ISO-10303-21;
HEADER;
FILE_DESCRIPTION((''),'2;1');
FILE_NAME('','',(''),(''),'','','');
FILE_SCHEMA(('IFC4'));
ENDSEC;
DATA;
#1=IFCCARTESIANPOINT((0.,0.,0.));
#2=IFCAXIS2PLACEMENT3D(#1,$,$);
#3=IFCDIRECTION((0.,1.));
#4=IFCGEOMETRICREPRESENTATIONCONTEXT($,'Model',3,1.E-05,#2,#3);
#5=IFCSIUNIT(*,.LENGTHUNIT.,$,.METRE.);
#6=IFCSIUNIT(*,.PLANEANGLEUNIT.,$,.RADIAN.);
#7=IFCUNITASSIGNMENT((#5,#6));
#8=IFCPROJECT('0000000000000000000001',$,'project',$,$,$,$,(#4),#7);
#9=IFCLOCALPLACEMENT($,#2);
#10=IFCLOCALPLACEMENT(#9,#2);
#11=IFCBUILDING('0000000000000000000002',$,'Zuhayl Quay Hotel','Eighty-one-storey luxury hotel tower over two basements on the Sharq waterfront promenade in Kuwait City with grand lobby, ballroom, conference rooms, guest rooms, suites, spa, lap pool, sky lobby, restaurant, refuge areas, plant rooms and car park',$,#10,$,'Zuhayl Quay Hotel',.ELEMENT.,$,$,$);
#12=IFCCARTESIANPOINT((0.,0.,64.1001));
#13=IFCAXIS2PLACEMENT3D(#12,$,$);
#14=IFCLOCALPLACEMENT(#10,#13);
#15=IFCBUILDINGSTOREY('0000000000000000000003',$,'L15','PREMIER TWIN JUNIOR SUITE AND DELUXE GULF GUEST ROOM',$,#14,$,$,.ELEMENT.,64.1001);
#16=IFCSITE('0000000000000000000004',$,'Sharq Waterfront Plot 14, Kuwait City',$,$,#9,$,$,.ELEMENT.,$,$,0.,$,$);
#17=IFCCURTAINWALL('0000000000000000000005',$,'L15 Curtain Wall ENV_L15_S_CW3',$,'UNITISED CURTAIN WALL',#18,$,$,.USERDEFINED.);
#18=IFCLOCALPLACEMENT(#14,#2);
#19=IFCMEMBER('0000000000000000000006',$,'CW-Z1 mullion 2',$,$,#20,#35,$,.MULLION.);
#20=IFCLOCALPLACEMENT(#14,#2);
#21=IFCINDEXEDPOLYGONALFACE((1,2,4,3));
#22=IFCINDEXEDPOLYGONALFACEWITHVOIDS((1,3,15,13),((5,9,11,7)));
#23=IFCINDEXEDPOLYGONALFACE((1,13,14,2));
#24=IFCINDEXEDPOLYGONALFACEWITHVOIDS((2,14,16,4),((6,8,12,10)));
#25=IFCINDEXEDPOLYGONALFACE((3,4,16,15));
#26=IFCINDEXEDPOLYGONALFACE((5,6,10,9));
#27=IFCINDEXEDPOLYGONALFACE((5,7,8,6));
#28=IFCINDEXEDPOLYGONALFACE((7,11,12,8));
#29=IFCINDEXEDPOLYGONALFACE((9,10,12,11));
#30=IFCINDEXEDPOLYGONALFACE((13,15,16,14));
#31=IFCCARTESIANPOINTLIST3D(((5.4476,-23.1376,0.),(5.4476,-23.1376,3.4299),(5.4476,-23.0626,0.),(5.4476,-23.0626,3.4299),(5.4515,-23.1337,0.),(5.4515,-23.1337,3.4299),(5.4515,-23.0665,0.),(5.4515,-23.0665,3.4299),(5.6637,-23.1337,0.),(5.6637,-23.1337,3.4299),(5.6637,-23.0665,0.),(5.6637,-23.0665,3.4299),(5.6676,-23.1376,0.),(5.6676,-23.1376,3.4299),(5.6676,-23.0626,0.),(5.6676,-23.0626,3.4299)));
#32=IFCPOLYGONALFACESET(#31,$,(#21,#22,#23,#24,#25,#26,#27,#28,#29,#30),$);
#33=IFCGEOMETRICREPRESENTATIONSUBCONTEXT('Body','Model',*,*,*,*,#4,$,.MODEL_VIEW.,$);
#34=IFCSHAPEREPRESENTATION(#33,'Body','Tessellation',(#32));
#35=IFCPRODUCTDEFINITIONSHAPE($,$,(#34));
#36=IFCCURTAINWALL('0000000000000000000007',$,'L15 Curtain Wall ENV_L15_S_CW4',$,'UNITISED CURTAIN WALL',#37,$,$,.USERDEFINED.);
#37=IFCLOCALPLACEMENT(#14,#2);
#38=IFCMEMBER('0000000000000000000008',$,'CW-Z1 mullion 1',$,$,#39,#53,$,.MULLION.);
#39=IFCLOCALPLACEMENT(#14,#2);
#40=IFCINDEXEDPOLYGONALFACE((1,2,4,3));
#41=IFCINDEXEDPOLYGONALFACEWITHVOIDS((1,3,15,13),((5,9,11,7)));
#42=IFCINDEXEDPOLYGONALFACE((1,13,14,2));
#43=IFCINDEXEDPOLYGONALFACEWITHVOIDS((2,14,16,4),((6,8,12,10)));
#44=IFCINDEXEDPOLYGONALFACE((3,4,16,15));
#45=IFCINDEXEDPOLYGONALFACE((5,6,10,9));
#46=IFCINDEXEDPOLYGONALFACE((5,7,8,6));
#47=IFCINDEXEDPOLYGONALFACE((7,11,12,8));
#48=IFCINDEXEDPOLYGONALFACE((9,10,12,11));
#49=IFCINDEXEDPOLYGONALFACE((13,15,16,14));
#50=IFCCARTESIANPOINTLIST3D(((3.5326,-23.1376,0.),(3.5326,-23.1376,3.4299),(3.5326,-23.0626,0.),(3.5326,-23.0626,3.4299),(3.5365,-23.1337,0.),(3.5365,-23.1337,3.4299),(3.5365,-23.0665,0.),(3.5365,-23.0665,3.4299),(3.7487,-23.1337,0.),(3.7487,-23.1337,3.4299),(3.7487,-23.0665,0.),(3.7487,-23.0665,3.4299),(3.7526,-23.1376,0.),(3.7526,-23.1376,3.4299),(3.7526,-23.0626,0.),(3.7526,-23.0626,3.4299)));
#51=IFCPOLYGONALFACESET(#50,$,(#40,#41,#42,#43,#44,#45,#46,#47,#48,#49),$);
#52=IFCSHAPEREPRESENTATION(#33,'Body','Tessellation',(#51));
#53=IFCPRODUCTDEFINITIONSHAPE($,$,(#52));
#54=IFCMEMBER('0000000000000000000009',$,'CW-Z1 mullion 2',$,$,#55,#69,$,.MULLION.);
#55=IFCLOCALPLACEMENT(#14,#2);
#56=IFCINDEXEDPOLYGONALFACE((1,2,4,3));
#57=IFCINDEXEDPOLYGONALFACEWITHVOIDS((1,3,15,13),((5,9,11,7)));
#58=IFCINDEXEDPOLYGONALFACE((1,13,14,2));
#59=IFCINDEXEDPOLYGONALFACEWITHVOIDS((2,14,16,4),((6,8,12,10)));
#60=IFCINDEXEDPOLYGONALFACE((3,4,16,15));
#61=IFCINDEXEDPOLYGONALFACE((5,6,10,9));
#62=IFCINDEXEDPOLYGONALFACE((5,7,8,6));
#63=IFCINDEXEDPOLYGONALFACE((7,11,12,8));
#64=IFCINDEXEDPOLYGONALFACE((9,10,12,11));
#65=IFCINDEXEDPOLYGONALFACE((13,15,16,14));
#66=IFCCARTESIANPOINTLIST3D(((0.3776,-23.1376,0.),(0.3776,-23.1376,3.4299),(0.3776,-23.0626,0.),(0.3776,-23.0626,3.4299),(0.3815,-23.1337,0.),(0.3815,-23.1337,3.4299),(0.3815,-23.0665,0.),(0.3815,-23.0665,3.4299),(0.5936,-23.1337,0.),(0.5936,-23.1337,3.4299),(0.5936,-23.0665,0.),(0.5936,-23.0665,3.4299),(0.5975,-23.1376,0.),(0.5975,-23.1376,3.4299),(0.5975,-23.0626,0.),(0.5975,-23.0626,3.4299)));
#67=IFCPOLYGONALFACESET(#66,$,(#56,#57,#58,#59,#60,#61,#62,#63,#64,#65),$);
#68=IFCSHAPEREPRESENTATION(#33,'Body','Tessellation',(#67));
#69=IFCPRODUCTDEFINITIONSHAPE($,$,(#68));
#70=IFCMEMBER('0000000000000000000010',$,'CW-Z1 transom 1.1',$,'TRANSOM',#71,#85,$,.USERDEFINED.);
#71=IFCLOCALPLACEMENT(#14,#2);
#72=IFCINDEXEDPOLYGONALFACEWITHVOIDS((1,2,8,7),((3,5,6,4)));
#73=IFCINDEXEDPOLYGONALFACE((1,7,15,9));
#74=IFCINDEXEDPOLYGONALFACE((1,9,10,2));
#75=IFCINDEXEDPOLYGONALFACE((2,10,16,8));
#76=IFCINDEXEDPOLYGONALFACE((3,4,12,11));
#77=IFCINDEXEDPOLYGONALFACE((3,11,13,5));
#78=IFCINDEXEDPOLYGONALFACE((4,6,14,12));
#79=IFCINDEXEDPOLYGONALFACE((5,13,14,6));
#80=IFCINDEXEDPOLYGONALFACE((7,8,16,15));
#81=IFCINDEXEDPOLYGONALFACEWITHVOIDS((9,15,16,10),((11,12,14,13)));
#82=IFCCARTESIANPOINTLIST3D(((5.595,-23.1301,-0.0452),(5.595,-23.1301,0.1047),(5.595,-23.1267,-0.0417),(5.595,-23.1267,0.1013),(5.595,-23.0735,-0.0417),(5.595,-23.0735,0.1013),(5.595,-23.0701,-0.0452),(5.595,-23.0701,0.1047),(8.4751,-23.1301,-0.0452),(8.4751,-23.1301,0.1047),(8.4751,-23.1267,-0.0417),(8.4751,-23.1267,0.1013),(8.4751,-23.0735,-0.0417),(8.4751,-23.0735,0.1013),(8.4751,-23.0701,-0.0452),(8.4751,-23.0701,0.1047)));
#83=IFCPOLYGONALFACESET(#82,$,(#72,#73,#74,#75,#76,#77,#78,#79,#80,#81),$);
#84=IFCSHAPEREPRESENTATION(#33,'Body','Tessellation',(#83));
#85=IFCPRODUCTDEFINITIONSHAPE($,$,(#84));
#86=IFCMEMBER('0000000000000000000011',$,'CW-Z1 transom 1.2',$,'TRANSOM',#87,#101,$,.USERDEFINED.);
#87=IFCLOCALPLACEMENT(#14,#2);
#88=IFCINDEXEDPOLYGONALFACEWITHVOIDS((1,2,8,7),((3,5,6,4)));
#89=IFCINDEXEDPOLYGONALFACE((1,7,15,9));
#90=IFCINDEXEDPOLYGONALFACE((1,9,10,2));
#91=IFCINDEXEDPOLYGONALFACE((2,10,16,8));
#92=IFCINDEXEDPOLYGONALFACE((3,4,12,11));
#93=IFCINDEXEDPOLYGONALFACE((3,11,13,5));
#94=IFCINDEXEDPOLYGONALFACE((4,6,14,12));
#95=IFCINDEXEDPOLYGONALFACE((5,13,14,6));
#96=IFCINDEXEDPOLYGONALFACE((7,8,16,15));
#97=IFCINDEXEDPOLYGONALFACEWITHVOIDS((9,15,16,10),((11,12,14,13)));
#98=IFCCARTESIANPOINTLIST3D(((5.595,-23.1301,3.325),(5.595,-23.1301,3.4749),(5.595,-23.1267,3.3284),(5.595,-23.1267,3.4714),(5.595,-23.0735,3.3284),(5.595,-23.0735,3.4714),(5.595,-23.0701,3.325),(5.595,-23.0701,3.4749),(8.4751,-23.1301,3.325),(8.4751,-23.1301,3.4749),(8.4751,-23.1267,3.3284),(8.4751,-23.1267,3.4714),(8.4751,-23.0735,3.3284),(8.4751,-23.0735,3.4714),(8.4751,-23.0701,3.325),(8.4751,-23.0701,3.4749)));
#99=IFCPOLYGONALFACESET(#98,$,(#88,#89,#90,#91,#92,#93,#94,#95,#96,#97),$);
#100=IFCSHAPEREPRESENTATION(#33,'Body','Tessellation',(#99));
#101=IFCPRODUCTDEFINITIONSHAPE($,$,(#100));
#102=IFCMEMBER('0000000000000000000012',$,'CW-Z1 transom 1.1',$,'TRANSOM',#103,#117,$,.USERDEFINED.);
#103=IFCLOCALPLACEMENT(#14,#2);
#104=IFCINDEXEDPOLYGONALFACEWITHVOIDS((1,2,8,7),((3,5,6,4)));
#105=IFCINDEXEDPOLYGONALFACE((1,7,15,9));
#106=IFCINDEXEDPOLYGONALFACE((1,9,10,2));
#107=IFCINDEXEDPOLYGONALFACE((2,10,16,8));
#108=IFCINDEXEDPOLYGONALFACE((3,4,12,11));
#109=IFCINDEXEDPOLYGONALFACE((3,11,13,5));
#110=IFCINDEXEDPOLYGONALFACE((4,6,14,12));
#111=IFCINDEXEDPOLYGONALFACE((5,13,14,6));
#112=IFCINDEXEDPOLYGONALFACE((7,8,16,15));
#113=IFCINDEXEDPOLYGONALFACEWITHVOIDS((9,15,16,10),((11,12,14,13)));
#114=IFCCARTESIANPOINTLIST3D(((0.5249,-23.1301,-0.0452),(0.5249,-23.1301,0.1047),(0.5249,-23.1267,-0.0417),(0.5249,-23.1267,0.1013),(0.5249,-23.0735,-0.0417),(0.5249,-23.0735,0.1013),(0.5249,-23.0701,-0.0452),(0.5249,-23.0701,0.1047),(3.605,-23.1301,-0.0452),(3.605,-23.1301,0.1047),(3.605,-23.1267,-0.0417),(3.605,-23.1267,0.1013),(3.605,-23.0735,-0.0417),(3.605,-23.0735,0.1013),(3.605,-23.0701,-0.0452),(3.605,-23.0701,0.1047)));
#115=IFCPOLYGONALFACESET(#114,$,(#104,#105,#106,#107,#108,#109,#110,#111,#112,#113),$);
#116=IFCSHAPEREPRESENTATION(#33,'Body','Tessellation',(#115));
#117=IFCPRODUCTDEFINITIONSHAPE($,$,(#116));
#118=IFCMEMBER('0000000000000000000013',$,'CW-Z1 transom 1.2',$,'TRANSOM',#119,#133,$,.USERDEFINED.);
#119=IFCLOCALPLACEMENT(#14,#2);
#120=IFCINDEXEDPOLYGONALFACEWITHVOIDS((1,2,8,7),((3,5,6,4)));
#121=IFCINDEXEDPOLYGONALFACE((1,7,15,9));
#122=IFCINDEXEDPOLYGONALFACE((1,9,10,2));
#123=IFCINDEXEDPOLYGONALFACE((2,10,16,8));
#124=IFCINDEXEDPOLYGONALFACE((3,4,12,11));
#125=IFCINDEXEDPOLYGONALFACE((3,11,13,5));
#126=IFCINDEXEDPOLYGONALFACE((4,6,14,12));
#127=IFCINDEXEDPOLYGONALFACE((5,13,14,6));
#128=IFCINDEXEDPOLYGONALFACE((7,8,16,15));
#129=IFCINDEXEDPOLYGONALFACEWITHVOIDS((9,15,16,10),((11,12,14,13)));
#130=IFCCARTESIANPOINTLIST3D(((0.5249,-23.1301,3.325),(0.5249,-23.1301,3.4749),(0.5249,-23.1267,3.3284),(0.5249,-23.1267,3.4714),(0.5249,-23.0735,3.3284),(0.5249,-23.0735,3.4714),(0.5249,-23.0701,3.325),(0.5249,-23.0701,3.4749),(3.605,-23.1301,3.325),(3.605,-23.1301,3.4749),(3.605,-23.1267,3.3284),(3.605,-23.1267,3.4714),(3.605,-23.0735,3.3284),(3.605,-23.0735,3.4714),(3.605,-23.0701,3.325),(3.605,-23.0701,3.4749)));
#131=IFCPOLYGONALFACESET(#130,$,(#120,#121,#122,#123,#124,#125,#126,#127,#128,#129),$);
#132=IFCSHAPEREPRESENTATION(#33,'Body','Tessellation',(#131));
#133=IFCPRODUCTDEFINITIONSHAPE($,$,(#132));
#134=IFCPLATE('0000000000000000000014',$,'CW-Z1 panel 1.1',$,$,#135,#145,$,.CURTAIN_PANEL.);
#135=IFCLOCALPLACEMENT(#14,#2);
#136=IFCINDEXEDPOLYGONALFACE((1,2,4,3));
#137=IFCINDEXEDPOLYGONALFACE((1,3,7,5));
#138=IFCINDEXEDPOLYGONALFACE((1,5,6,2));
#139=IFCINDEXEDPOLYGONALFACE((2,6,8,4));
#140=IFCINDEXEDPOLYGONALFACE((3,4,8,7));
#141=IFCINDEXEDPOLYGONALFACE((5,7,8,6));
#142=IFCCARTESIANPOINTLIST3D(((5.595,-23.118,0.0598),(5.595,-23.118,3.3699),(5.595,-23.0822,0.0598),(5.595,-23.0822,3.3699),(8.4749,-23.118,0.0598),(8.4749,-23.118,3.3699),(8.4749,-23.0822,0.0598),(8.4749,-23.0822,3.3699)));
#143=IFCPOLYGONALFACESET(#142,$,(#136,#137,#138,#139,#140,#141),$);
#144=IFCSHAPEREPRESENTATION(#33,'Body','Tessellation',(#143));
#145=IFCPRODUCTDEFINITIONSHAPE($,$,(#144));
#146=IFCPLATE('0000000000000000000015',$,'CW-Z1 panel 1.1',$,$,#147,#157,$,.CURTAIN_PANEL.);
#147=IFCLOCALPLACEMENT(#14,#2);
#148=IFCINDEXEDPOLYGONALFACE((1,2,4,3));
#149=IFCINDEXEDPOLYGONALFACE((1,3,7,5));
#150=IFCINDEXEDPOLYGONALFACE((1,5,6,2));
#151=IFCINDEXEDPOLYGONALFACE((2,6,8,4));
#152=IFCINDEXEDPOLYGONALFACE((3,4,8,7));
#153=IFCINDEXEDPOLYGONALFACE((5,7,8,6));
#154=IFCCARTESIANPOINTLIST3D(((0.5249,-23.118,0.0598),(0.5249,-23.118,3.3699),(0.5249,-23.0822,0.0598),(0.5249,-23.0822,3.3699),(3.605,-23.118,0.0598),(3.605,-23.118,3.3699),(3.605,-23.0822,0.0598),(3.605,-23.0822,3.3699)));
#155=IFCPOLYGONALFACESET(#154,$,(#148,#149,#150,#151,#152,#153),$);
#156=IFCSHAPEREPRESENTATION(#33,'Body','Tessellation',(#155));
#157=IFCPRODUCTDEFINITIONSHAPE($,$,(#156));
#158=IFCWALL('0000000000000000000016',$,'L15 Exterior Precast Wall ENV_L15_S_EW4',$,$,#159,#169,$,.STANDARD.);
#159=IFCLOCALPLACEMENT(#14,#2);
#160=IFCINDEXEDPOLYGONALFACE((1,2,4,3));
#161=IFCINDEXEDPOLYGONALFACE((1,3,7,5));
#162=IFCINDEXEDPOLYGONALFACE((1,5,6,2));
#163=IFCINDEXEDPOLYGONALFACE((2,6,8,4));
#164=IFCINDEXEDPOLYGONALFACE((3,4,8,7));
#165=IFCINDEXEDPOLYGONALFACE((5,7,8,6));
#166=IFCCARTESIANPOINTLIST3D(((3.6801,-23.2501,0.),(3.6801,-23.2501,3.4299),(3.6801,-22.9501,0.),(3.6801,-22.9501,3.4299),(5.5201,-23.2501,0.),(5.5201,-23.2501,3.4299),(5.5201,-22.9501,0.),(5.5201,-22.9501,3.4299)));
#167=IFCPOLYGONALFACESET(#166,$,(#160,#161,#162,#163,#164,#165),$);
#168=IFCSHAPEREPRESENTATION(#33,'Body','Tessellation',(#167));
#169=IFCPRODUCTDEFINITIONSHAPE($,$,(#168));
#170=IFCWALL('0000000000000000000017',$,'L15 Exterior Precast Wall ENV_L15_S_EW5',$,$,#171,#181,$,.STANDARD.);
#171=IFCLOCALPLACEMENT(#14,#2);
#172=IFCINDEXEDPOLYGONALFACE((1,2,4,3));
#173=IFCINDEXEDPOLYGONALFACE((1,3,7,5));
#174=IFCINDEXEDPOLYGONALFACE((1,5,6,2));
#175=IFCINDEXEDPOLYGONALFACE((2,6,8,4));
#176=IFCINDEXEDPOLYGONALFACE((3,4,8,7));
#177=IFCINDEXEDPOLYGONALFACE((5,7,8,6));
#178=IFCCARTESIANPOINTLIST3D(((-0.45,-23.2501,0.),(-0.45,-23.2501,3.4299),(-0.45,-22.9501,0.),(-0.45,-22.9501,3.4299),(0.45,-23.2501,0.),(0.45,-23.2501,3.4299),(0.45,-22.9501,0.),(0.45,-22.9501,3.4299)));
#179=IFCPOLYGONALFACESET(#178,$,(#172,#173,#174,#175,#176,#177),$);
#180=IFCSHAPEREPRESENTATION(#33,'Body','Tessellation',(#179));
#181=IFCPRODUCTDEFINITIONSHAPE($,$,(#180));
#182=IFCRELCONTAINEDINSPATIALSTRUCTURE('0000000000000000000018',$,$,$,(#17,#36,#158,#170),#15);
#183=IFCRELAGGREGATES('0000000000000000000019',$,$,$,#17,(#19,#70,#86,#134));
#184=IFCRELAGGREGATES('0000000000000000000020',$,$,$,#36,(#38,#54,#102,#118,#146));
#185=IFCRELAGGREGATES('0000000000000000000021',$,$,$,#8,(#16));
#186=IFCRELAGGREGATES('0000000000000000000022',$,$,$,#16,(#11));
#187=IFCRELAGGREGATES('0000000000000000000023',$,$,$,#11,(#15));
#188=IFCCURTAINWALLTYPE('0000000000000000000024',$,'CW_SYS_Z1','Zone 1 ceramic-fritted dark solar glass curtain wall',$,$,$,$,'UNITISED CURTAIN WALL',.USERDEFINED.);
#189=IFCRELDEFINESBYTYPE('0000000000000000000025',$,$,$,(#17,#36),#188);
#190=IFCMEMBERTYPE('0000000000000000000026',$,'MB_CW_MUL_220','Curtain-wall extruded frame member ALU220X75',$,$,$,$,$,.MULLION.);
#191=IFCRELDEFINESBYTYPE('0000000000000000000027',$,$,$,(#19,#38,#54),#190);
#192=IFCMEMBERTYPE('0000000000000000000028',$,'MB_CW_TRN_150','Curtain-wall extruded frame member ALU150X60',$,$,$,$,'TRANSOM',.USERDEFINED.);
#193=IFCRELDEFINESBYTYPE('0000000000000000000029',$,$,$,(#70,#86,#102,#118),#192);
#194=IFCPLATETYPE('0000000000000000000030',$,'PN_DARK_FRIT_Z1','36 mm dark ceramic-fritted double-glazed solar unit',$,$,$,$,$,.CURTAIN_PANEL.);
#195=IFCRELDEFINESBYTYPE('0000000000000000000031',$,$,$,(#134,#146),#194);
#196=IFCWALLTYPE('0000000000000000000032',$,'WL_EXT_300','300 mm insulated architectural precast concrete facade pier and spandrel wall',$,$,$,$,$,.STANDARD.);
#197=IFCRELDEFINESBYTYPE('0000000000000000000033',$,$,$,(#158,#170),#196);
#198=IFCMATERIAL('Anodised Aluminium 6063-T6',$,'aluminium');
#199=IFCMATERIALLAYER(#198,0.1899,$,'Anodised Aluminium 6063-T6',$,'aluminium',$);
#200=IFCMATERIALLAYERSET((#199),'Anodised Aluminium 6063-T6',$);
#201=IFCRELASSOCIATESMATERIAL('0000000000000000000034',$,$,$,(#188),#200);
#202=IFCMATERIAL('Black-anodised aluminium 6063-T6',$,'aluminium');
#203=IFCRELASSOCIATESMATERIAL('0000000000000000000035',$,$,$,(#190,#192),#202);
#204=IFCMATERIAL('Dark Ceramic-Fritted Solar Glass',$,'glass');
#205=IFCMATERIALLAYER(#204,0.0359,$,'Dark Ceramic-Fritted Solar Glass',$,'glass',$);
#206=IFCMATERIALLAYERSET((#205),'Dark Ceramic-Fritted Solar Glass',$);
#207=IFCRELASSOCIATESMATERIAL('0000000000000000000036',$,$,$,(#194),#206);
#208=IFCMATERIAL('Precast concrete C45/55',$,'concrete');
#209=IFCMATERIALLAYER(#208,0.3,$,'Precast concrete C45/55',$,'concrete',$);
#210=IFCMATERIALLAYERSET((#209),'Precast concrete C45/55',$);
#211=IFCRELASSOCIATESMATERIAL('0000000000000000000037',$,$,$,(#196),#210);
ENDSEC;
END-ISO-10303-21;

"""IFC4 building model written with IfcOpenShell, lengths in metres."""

from ifc_helpers import new_model, si_unit, direction, frame, frame_2d, origin, origin_2d, place, context, subcontext, project, spatial, rectangle, hollow_rectangle, extrude, material, layer, layer_set, material_profile, profile_set, type_object, element, aggregate, save


model = new_model("IFC4")

# Units and contexts
model_context = context("Model", 3, precision=1e-05, world=origin(), true_north=direction((0.0, 1.0)))
body_context = subcontext(model_context, "Body", "Model", "MODEL_VIEW")
ifc_project = project(units=[si_unit("LENGTHUNIT", "METRE"), si_unit("PLANEANGLEUNIT", "RADIAN")], contexts=[model_context])

# Site, building, storey
site_placement = place(None, origin())
site = spatial("IfcSite", under=ifc_project, at=site_placement, Name="Sharq Waterfront Plot 14, Kuwait City", CompositionType="ELEMENT", RefElevation=0.0)
building_placement = place(site_placement, origin())
building = spatial("IfcBuilding", under=site, at=building_placement, Name="Zuhayl Quay Hotel", Description="Eighty-one-storey luxury hotel tower over two basements on the Sharq waterfront promenade in Kuwait City with grand lobby, ballroom, conference rooms, guest rooms, suites, spa, lap pool, sky lobby, restaurant, refuge areas, plant rooms and car park", LongName="Zuhayl Quay Hotel", CompositionType="ELEMENT")
storey_placement = place(building_placement, frame((0.0, 0.0, 64.1001)))
storey = spatial("IfcBuildingStorey", under=building, at=storey_placement, Name="L15", Description="PREMIER TWIN JUNIOR SUITE AND DELUXE GULF GUEST ROOM", CompositionType="ELEMENT", Elevation=64.1001)

# Curtain walls, members
ifc_material_1 = material(Name="Anodised Aluminium 6063-T6", Category="aluminium")
ifc_layer_1 = layer(ifc_material_1, 0.1899, Name="Anodised Aluminium 6063-T6", Category="aluminium")
ifc_layer_set_1 = layer_set([ifc_layer_1], Name="Anodised Aluminium 6063-T6")
curtain_wall_type = type_object("IfcCurtainWallType", Name="CW_SYS_Z1", Description="Zone 1 ceramic-fritted dark solar glass curtain wall", ElementType="UNITISED CURTAIN WALL", PredefinedType="USERDEFINED", material=ifc_layer_set_1)
curtain_wall_1_placement = place(storey_placement, origin())
curtain_wall_1 = element("IfcCurtainWall", 1, at=curtain_wall_1_placement, inside=storey, type_object=curtain_wall_type, Name="L15 Curtain Wall ENV_L15_S_CW3", ObjectType="UNITISED CURTAIN WALL", PredefinedType="USERDEFINED")
ifc_material_2 = material(Name="Black-anodised aluminium 6063-T6", Category="aluminium")
ifc_material_profile_1 = material_profile(ifc_material_2, hollow_rectangle(XDim=0.075, YDim=0.22, WallThickness=0.0039, at=origin_2d()), Name="ALU220X75")
ifc_profile_set_1 = profile_set([ifc_material_profile_1], Name="Black-anodised aluminium 6063-T6")
member_type_1 = type_object("IfcMemberType", Name="MB_CW_MUL_220", Description="Curtain-wall extruded frame member ALU220X75", PredefinedType="MULLION", material=ifc_profile_set_1)
member_1_placement = place(storey_placement, frame((5.5576, -23.1001, 0.0), z_axis=(0.0, 0.0, 1.0), x_axis=(0.0, -1.0, 0.0)))
member_1 = element("IfcMember", 2, at=member_1_placement, type_object=member_type_1, Name="CW-Z1 mullion 2", PredefinedType="MULLION", context=body_context, shape_type="SweptSolid", body=[
    extrude(hollow_rectangle(XDim=0.075, YDim=0.22, WallThickness=0.0039, at=origin_2d()), origin(), (0.0, 0.0, 1.0), 3.4299),
])
curtain_wall_2_placement = place(storey_placement, origin())
curtain_wall_2 = element("IfcCurtainWall", 3, at=curtain_wall_2_placement, inside=storey, type_object=curtain_wall_type, Name="L15 Curtain Wall ENV_L15_S_CW4", ObjectType="UNITISED CURTAIN WALL", PredefinedType="USERDEFINED")
member_2_placement = place(storey_placement, frame((3.6426, -23.1001, 0.0), z_axis=(0.0, 0.0, 1.0), x_axis=(0.0, -1.0, 0.0)))
member_2 = element("IfcMember", 4, at=member_2_placement, type_object=member_type_1, Name="CW-Z1 mullion 1", PredefinedType="MULLION", context=body_context, shape_type="SweptSolid", body=[
    extrude(hollow_rectangle(XDim=0.075, YDim=0.22, WallThickness=0.0039, at=origin_2d()), origin(), (0.0, 0.0, 1.0), 3.4299),
])
member_3_placement = place(storey_placement, frame((0.4875, -23.1001, 0.0), z_axis=(0.0, 0.0, 1.0), x_axis=(0.0, -1.0, 0.0)))
member_3 = element("IfcMember", 5, at=member_3_placement, type_object=member_type_1, Name="CW-Z1 mullion 2", PredefinedType="MULLION", context=body_context, shape_type="SweptSolid", body=[
    extrude(hollow_rectangle(XDim=0.075, YDim=0.22, WallThickness=0.0039, at=origin_2d()), origin(), (0.0, 0.0, 1.0), 3.4299),
])

# Members
ifc_material_profile_2 = material_profile(ifc_material_2, hollow_rectangle(XDim=0.0601, YDim=0.1499, WallThickness=0.0034, at=origin_2d()), Name="ALU150X60")
ifc_profile_set_2 = profile_set([ifc_material_profile_2], Name="Black-anodised aluminium 6063-T6")
member_type_2 = type_object("IfcMemberType", Name="MB_CW_TRN_150", Description="Curtain-wall extruded frame member ALU150X60", ElementType="TRANSOM", PredefinedType="USERDEFINED", material=ifc_profile_set_2)
member_4_placement = place(storey_placement, frame((8.4751, -23.1001, 0.0298), z_axis=(-1.0, 0.0, 0.0), x_axis=(0.0, -1.0, 0.0)))
member_4 = element("IfcMember", 6, at=member_4_placement, type_object=member_type_2, Name="CW-Z1 transom 1.1", ObjectType="TRANSOM", PredefinedType="USERDEFINED", context=body_context, shape_type="SweptSolid", body=[
    extrude(hollow_rectangle(XDim=0.0601, YDim=0.1499, WallThickness=0.0034, at=origin_2d()), origin(), (0.0, 0.0, 1.0), 2.8801),
])
member_5_placement = place(storey_placement, frame((8.4751, -23.1001, 3.3999), z_axis=(-1.0, 0.0, 0.0), x_axis=(0.0, -1.0, 0.0)))
member_5 = element("IfcMember", 7, at=member_5_placement, type_object=member_type_2, Name="CW-Z1 transom 1.2", ObjectType="TRANSOM", PredefinedType="USERDEFINED", context=body_context, shape_type="SweptSolid", body=[
    extrude(hollow_rectangle(XDim=0.0601, YDim=0.1499, WallThickness=0.0034, at=origin_2d()), origin(), (0.0, 0.0, 1.0), 2.8801),
])
member_6_placement = place(storey_placement, frame((3.605, -23.1001, 0.0298), z_axis=(-1.0, 0.0, 0.0), x_axis=(0.0, -1.0, 0.0)))
member_6 = element("IfcMember", 8, at=member_6_placement, type_object=member_type_2, Name="CW-Z1 transom 1.1", ObjectType="TRANSOM", PredefinedType="USERDEFINED", context=body_context, shape_type="SweptSolid", body=[
    extrude(hollow_rectangle(XDim=0.0601, YDim=0.1499, WallThickness=0.0034, at=origin_2d()), origin(), (0.0, 0.0, 1.0), 3.0801),
])
member_7_placement = place(storey_placement, frame((3.605, -23.1001, 3.3999), z_axis=(-1.0, 0.0, 0.0), x_axis=(0.0, -1.0, 0.0)))
member_7 = element("IfcMember", 9, at=member_7_placement, type_object=member_type_2, Name="CW-Z1 transom 1.2", ObjectType="TRANSOM", PredefinedType="USERDEFINED", context=body_context, shape_type="SweptSolid", body=[
    extrude(hollow_rectangle(XDim=0.0601, YDim=0.1499, WallThickness=0.0034, at=origin_2d()), origin(), (0.0, 0.0, 1.0), 3.0801),
])

# Plates
ifc_material_3 = material(Name="Dark Ceramic-Fritted Solar Glass", Category="glass")
ifc_layer_2 = layer(ifc_material_3, 0.0359, Name="Dark Ceramic-Fritted Solar Glass", Category="glass")
ifc_layer_set_2 = layer_set([ifc_layer_2], Name="Dark Ceramic-Fritted Solar Glass")
plate_type = type_object("IfcPlateType", Name="PN_DARK_FRIT_Z1", Description="36 mm dark ceramic-fritted double-glazed solar unit", PredefinedType="CURTAIN_PANEL", material=ifc_layer_set_2)
plate_1_placement = place(storey_placement, frame((7.0349, -23.1001, 0.0598), z_axis=(0.0, 0.0, 1.0), x_axis=(-1.0, 0.0, 0.0)))
plate_1 = element("IfcPlate", 10, at=plate_1_placement, type_object=plate_type, Name="CW-Z1 panel 1.1", PredefinedType="CURTAIN_PANEL", context=body_context, shape_type="SweptSolid", body=[
    extrude(rectangle(XDim=2.8799, YDim=0.0359, at=origin_2d()), origin(), (0.0, 0.0, 1.0), 3.3101),
])
aggregate(curtain_wall_1, [member_1, member_4, member_5, plate_1])
plate_2_placement = place(storey_placement, frame((2.0649, -23.1001, 0.0598), z_axis=(0.0, 0.0, 1.0), x_axis=(-1.0, 0.0, 0.0)))
plate_2 = element("IfcPlate", 11, at=plate_2_placement, type_object=plate_type, Name="CW-Z1 panel 1.1", PredefinedType="CURTAIN_PANEL", context=body_context, shape_type="SweptSolid", body=[
    extrude(rectangle(XDim=3.0801, YDim=0.0359, at=origin_2d()), origin(), (0.0, 0.0, 1.0), 3.3101),
])
aggregate(curtain_wall_2, [member_2, member_3, member_6, member_7, plate_2])

# Walls
ifc_material_4 = material(Name="Precast concrete C45/55", Category="concrete")
ifc_layer_3 = layer(ifc_material_4, 0.3, Name="Precast concrete C45/55", Category="concrete")
ifc_layer_set_3 = layer_set([ifc_layer_3], Name="Precast concrete C45/55")
wall_type_1 = type_object("IfcWallType", Name="WL_EXT_300", Description="300 mm insulated architectural precast concrete facade pier and spandrel wall", PredefinedType="STANDARD", material=ifc_layer_set_3)
wall_1_placement = place(storey_placement, frame((5.52, -23.1001, 0.0), z_axis=(0.0, 0.0, 1.0), x_axis=(-1.0, 0.0, 0.0)))
element("IfcWall", 12, at=wall_1_placement, inside=storey, type_object=wall_type_1, Name="L15 Exterior Precast Wall ENV_L15_S_EW4", PredefinedType="STANDARD", context=body_context, shape_type="SweptSolid", body=[
    extrude(rectangle(XDim=1.8401, YDim=0.3, at=frame_2d((0.9199, 0.0))), origin(), (0.0, 0.0, 1.0), 3.4299),
])
wall_2_placement = place(storey_placement, frame((0.45, -23.1001, 0.0), z_axis=(0.0, 0.0, 1.0), x_axis=(-1.0, 0.0, 0.0)))
element("IfcWall", 13, at=wall_2_placement, inside=storey, type_object=wall_type_1, Name="L15 Exterior Precast Wall ENV_L15_S_EW5", PredefinedType="STANDARD", context=body_context, shape_type="SweptSolid", body=[
    extrude(rectangle(XDim=0.8999, YDim=0.3, at=frame_2d((0.45, 0.0))), origin(), (0.0, 0.0, 1.0), 3.4299),
])

save(model, "model.ifc")
